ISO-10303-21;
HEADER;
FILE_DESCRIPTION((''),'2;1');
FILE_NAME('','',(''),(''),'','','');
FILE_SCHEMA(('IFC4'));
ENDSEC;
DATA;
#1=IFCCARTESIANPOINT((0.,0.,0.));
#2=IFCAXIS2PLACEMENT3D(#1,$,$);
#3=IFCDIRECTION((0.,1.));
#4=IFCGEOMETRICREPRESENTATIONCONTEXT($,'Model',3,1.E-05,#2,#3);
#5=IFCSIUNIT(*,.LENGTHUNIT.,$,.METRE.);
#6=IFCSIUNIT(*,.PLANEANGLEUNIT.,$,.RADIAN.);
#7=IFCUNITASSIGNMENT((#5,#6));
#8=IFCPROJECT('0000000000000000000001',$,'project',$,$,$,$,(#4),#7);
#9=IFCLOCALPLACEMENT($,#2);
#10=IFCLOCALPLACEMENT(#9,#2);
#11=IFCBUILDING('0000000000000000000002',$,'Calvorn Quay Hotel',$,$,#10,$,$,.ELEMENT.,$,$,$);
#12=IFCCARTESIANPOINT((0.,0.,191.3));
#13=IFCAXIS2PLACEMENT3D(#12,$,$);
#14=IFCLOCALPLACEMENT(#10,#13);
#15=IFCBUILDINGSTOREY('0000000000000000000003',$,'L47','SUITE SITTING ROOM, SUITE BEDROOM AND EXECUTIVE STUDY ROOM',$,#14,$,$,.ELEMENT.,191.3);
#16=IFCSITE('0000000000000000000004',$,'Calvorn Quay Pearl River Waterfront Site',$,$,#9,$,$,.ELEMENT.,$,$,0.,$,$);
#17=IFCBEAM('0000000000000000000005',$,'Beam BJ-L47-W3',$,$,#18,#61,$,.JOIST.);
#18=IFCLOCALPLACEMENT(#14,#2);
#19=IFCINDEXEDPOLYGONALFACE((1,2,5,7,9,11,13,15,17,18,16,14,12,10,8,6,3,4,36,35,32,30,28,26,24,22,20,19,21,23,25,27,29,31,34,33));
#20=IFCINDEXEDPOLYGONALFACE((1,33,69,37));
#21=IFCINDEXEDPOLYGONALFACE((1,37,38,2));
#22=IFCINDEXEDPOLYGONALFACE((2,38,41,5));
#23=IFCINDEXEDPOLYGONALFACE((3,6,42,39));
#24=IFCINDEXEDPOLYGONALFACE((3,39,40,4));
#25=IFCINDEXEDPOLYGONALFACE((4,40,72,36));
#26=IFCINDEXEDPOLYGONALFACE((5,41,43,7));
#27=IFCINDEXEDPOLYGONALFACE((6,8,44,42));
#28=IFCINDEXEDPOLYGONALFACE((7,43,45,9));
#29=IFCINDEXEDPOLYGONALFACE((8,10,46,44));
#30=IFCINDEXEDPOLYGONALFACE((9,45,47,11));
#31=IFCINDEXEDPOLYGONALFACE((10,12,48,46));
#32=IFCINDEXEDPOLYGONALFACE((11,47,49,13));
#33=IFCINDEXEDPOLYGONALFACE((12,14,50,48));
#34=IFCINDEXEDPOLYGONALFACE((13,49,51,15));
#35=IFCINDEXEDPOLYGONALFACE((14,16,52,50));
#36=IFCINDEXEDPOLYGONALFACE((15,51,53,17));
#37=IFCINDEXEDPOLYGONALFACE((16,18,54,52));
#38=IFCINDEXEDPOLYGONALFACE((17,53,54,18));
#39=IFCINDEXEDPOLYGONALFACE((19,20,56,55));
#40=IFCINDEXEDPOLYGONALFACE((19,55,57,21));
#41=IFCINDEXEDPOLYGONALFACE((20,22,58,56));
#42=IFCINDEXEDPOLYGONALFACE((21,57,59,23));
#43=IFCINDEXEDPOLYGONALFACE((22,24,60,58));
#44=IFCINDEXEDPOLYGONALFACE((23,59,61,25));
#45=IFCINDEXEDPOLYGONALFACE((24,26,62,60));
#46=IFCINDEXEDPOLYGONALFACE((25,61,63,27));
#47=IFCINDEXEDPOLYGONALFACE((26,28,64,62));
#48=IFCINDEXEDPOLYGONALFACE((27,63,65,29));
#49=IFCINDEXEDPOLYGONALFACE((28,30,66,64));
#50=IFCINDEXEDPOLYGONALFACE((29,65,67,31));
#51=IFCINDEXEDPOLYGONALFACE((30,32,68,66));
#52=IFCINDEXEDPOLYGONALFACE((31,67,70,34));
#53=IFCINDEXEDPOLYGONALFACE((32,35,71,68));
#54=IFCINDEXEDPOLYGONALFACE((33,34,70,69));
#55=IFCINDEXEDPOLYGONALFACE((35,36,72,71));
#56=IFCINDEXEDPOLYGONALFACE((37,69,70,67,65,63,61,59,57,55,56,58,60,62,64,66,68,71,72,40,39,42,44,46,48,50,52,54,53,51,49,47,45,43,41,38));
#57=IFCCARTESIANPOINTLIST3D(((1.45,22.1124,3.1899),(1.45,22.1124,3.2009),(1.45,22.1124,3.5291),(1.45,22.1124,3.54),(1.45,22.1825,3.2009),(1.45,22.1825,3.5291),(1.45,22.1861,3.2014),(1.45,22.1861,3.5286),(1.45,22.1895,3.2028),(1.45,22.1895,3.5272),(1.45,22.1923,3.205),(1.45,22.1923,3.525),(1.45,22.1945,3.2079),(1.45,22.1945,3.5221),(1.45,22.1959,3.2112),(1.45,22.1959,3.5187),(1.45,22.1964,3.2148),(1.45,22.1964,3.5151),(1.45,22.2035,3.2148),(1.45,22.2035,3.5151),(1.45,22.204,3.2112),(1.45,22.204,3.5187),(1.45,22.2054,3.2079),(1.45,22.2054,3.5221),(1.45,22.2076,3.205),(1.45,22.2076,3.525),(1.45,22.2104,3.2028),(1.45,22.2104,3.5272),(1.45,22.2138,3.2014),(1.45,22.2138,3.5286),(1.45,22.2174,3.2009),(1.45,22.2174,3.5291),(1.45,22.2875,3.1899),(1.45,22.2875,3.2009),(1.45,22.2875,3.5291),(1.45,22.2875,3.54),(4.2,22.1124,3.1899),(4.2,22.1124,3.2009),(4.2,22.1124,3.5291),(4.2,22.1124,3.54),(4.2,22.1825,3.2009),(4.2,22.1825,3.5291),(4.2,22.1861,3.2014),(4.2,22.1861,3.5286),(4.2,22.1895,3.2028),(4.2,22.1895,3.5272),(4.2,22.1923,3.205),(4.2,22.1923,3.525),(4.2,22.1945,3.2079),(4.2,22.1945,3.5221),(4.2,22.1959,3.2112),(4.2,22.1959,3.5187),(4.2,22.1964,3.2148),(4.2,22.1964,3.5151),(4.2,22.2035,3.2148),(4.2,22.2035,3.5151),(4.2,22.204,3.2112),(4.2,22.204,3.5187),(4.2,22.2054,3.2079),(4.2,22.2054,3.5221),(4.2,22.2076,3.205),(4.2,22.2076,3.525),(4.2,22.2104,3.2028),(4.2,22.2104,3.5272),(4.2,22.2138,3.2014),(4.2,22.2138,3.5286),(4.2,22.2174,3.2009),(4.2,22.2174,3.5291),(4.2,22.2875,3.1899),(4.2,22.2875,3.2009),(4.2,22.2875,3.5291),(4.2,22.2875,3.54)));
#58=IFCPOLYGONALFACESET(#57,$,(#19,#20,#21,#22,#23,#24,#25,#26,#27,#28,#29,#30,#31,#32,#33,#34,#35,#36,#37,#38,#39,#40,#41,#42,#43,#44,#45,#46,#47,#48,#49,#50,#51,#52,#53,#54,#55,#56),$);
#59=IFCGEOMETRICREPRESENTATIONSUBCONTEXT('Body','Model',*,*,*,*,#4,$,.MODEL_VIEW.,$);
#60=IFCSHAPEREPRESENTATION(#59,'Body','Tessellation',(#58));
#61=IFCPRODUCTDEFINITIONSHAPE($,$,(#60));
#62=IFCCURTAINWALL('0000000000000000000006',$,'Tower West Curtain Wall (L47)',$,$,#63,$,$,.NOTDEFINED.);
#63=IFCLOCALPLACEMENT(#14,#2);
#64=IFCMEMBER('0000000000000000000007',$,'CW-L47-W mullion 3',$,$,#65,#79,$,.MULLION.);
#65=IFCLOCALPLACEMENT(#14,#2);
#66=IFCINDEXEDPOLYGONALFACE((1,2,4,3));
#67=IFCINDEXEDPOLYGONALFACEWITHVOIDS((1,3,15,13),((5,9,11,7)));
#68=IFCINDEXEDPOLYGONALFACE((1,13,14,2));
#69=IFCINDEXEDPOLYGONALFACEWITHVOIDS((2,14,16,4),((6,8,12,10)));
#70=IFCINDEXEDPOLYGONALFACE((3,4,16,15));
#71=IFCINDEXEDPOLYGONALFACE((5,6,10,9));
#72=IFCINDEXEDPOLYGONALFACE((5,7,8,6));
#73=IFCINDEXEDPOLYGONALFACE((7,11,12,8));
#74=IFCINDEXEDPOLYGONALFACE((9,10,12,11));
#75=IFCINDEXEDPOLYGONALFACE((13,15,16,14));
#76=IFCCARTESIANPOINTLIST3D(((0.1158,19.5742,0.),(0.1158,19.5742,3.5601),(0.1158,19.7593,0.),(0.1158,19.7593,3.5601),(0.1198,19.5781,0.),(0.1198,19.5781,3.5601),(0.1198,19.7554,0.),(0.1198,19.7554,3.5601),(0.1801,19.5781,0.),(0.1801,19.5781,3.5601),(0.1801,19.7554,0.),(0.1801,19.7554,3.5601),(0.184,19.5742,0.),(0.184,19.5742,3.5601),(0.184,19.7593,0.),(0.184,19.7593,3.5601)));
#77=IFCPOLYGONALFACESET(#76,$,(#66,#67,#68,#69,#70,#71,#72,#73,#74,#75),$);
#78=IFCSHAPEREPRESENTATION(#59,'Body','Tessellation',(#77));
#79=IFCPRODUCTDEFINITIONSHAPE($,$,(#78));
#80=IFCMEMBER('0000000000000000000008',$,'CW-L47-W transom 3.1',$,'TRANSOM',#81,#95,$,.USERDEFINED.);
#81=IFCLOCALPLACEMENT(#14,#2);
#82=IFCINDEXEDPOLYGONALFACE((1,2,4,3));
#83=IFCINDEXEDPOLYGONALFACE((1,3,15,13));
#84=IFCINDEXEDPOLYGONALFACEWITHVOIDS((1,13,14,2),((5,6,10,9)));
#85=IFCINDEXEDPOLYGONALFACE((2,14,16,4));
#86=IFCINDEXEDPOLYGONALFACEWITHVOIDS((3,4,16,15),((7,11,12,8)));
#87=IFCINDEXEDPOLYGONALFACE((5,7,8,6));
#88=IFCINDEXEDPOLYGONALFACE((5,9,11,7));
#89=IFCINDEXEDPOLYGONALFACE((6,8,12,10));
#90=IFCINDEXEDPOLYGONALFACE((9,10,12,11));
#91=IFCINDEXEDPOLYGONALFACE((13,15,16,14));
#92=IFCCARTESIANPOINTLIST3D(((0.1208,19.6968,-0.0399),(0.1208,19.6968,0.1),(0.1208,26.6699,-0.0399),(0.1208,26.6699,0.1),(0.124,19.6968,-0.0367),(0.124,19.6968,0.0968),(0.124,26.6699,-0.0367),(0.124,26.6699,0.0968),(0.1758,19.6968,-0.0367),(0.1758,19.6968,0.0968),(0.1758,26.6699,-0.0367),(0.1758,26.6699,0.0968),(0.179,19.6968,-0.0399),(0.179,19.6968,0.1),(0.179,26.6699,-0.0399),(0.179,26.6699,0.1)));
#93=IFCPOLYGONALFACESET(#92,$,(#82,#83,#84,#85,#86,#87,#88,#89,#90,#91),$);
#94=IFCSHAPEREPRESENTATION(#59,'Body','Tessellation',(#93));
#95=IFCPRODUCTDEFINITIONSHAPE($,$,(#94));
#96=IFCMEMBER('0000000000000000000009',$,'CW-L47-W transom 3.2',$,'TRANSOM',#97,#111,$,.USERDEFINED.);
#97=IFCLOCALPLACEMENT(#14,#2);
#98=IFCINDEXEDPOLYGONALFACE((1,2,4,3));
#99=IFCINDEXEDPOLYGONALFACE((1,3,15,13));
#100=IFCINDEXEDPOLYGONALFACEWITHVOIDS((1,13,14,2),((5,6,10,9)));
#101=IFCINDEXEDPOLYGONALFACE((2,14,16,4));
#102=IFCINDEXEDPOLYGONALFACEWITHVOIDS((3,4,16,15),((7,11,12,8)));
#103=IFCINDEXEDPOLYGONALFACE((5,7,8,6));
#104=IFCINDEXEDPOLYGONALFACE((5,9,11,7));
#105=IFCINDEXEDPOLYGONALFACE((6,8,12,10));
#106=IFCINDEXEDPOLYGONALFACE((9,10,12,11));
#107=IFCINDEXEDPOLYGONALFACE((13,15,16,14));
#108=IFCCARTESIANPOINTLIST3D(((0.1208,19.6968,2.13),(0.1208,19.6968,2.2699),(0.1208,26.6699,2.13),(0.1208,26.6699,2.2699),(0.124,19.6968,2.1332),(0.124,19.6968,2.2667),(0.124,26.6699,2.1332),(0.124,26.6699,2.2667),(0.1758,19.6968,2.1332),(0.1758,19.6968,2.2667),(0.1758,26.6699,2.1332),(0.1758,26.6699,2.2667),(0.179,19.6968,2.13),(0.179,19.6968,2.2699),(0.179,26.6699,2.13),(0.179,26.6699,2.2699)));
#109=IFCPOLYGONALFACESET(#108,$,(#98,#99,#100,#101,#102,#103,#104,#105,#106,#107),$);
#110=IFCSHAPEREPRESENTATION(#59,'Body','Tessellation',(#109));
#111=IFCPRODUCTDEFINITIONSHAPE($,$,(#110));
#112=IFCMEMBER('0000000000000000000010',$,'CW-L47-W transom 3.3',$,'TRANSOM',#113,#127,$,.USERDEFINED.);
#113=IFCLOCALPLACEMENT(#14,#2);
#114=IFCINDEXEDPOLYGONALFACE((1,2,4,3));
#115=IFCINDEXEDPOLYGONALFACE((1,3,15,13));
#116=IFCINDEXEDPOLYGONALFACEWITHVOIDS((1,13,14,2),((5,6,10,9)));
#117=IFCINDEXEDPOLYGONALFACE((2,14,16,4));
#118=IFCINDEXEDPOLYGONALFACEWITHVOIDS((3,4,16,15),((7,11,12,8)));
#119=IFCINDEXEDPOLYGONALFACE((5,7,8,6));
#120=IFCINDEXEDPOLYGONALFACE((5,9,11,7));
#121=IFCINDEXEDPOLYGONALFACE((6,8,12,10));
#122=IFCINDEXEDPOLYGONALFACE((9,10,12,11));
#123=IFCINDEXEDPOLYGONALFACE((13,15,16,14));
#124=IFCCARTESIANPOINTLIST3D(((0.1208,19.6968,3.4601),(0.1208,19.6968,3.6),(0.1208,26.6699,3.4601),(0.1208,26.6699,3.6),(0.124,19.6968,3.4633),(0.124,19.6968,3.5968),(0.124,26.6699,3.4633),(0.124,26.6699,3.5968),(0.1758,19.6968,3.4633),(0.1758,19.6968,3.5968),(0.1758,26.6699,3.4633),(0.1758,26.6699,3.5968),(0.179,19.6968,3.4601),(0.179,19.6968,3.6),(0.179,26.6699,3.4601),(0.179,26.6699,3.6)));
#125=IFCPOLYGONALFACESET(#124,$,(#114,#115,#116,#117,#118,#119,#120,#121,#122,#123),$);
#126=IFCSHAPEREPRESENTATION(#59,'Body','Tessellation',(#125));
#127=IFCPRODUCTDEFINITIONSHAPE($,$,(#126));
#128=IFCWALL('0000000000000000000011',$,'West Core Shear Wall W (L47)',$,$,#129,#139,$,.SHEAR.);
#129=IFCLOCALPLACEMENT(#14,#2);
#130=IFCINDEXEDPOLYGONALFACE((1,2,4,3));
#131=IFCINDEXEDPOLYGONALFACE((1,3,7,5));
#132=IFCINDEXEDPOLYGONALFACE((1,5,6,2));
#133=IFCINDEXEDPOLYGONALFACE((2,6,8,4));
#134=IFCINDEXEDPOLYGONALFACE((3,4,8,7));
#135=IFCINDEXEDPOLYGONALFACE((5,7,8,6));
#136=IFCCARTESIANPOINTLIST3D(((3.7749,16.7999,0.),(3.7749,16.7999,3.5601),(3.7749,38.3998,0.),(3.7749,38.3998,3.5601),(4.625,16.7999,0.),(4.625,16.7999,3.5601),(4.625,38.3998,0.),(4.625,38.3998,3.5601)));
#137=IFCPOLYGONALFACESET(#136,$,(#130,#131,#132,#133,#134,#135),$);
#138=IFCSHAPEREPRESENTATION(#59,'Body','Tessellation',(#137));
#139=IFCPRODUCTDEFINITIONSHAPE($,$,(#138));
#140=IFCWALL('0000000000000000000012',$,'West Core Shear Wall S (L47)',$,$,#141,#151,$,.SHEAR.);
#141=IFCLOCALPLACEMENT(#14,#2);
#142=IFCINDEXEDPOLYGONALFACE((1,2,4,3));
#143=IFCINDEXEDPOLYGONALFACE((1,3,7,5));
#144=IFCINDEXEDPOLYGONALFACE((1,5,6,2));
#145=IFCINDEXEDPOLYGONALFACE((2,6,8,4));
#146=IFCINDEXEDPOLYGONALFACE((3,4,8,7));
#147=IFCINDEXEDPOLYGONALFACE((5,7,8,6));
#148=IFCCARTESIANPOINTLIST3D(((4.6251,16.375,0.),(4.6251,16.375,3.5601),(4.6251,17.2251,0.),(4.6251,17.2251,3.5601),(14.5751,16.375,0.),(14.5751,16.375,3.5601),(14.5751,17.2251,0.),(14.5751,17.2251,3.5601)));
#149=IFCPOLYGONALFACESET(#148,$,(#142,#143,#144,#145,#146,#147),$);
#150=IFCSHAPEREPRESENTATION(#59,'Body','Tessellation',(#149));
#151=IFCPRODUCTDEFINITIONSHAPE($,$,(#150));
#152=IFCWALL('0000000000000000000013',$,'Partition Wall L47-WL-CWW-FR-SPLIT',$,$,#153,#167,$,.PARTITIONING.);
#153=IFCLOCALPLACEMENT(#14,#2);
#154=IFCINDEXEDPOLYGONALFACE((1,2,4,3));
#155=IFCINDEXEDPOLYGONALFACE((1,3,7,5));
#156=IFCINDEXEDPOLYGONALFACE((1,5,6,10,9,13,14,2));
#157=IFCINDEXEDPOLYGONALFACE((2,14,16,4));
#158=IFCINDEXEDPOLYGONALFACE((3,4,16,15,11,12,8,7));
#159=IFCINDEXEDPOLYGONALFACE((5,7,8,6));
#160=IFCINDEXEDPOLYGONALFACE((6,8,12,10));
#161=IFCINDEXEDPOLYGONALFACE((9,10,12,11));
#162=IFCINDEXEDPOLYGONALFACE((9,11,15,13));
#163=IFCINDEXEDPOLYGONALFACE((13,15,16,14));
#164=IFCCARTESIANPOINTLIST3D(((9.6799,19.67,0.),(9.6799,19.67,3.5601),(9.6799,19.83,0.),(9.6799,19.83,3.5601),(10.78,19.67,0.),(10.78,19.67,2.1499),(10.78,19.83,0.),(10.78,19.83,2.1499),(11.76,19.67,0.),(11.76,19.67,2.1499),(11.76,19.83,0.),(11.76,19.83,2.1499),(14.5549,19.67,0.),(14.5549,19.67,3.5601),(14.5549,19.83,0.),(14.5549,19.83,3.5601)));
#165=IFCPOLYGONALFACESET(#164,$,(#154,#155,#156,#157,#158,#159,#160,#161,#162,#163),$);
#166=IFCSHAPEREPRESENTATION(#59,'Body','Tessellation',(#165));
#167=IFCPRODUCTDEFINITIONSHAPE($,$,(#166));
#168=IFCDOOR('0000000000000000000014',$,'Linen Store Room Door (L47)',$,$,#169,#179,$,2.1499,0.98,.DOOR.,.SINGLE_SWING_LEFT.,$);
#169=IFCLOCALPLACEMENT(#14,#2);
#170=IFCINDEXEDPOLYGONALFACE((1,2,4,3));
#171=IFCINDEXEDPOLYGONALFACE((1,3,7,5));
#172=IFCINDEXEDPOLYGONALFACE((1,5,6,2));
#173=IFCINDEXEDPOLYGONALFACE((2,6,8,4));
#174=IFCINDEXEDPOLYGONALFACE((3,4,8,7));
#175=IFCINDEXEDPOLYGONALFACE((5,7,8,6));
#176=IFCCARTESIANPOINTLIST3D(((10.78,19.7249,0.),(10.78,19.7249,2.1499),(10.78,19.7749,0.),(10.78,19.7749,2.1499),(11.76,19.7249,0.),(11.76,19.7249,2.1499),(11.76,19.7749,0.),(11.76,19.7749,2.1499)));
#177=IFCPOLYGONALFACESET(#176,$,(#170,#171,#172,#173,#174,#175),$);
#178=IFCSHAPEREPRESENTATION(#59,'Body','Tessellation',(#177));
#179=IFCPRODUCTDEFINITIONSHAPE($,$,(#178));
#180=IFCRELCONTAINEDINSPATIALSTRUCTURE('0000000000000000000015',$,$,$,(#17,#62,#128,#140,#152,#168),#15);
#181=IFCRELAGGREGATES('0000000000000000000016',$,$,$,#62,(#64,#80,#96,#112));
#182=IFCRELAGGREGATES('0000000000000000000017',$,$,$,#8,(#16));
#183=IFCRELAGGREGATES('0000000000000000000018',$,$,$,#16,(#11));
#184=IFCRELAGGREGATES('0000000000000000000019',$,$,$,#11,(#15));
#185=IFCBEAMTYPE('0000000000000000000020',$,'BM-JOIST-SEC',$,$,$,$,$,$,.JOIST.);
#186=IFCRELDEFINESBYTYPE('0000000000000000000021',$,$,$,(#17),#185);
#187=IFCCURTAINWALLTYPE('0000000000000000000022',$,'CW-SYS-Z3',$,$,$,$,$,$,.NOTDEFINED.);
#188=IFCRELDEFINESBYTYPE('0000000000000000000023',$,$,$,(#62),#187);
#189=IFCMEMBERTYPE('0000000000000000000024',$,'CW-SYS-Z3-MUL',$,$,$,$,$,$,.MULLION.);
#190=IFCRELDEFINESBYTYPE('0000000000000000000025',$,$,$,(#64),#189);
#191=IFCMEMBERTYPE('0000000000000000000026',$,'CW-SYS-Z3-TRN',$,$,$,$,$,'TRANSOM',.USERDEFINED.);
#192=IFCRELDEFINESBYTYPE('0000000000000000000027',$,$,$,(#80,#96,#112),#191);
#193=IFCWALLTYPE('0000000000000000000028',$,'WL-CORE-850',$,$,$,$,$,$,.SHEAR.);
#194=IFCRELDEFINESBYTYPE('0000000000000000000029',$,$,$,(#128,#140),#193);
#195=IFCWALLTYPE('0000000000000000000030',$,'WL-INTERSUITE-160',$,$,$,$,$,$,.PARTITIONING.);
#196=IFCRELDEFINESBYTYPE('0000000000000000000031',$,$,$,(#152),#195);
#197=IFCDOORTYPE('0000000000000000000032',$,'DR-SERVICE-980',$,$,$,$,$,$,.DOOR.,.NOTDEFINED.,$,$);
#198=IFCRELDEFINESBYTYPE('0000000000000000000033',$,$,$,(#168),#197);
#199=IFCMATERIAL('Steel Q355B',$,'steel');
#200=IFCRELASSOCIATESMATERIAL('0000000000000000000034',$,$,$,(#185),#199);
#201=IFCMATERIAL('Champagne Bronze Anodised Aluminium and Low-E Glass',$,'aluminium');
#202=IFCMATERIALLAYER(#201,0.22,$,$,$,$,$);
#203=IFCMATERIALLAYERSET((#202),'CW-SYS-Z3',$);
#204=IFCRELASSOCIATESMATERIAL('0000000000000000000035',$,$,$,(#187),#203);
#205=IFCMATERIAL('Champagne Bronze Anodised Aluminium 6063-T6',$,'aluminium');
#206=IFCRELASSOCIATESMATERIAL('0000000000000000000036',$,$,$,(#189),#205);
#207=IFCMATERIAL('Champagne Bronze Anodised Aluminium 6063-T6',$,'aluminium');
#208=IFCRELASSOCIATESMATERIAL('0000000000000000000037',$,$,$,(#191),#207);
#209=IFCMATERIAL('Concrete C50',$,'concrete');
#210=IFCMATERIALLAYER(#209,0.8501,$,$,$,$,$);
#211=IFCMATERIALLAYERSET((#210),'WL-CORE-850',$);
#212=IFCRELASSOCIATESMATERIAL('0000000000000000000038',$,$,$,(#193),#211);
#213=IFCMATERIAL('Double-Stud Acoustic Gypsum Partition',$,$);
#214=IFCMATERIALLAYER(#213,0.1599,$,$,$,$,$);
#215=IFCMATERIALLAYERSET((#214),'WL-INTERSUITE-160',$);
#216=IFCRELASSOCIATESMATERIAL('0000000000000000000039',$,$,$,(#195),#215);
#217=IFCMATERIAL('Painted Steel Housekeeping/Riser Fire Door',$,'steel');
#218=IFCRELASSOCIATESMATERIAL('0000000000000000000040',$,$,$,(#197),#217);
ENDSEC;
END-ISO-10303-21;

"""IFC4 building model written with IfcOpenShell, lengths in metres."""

from ifc_helpers import new_model, si_unit, direction, frame, frame_2d, origin, origin_2d, place, context, subcontext, project, spatial, rectangle, hollow_rectangle, i_section, extrude, material, layer, layer_set, material_profile, profile_set, type_object, element, fill, aggregate, save


model = new_model("IFC4")

# Units and contexts
model_context = context("Model", 3, precision=1e-05, world=origin(), true_north=direction((0.0, 1.0)))
body_context = subcontext(model_context, "Body", "Model", "MODEL_VIEW")
ifc_project = project(units=[si_unit("LENGTHUNIT", "METRE"), si_unit("PLANEANGLEUNIT", "RADIAN")], contexts=[model_context])

# Site, building, storey
site_placement = place(None, origin())
site = spatial("IfcSite", under=ifc_project, at=site_placement, Name="Calvorn Quay Pearl River Waterfront Site", CompositionType="ELEMENT", RefElevation=0.0)
building_placement = place(site_placement, origin())
building = spatial("IfcBuilding", under=site, at=building_placement, Name="Calvorn Quay Hotel", CompositionType="ELEMENT")
storey_placement = place(building_placement, frame((0.0, 0.0, 191.3)))
storey = spatial("IfcBuildingStorey", under=building, at=storey_placement, Name="L47", Description="SUITE SITTING ROOM, SUITE BEDROOM AND EXECUTIVE STUDY ROOM", CompositionType="ELEMENT", Elevation=191.3)

# Beam
ifc_material_1 = material(Name="Steel Q355B", Category="steel")
ifc_material_profile_1 = material_profile(ifc_material_1, i_section(OverallWidth=0.175, OverallDepth=0.3501, WebThickness=0.0071, FlangeThickness=0.011, FilletRadius=0.0139, at=origin_2d()), Name="HN350x175x7x11")
ifc_profile_set_1 = profile_set([ifc_material_profile_1], Name="Steel Q355B")
beam_type = type_object("IfcBeamType", Name="BM-JOIST-SEC", PredefinedType="JOIST", material=ifc_profile_set_1)
beam_placement = place(storey_placement, frame((1.45, 22.2, 3.365), z_axis=(1.0, 0.0, 0.0), x_axis=(0.0, 1.0, 0.0)))
element("IfcBeam", 1, at=beam_placement, inside=storey, type_object=beam_type, Name="Beam BJ-L47-W3", PredefinedType="JOIST", context=body_context, shape_type="SweptSolid", body=[
    extrude(i_section(OverallWidth=0.175, OverallDepth=0.3501, WebThickness=0.0071, FlangeThickness=0.011, FilletRadius=0.0139, at=origin_2d()), origin(), (0.0, 0.0, 1.0), 2.75),
])

# Curtain wall, members
ifc_material_2 = material(Name="Champagne Bronze Anodised Aluminium and Low-E Glass", Category="aluminium")
ifc_layer_1 = layer(ifc_material_2, 0.22)
ifc_layer_set_1 = layer_set([ifc_layer_1], Name="CW-SYS-Z3")
curtain_wall_type = type_object("IfcCurtainWallType", Name="CW-SYS-Z3", PredefinedType="NOTDEFINED", material=ifc_layer_set_1)
curtain_wall_placement = place(storey_placement, origin())
curtain_wall = element("IfcCurtainWall", 2, at=curtain_wall_placement, inside=storey, type_object=curtain_wall_type, Name="Tower West Curtain Wall (L47)", PredefinedType="NOTDEFINED")
ifc_material_3 = material(Name="Champagne Bronze Anodised Aluminium 6063-T6", Category="aluminium")
ifc_material_profile_2 = material_profile(ifc_material_3, hollow_rectangle(XDim=0.0681, YDim=0.1851, WallThickness=0.0039, at=origin_2d()), Name="ALU-M185x68x4")
ifc_profile_set_2 = profile_set([ifc_material_profile_2], Name="Champagne Bronze Anodised Aluminium 6063-T6")
member_type_1 = type_object("IfcMemberType", Name="CW-SYS-Z3-MUL", PredefinedType="MULLION", material=ifc_profile_set_2)
member_1_placement = place(storey_placement, frame((0.1499, 19.6667, 0.0), z_axis=(0.0, 0.0, 1.0), x_axis=(-1.0, 0.0, 0.0)))
member_1 = element("IfcMember", 3, at=member_1_placement, type_object=member_type_1, Name="CW-L47-W mullion 3", PredefinedType="MULLION", context=body_context, shape_type="SweptSolid", body=[
    extrude(hollow_rectangle(XDim=0.0681, YDim=0.1851, WallThickness=0.0039, at=origin_2d()), origin(), (0.0, 0.0, 1.0), 3.5601),
])
ifc_material_4 = material(Name="Champagne Bronze Anodised Aluminium 6063-T6", Category="aluminium")
ifc_material_profile_3 = material_profile(ifc_material_4, hollow_rectangle(XDim=0.0581, YDim=0.1399, WallThickness=0.0032, at=origin_2d()), Name="ALU-T140x58x3.2")
ifc_profile_set_3 = profile_set([ifc_material_profile_3], Name="Champagne Bronze Anodised Aluminium 6063-T6")
member_type_2 = type_object("IfcMemberType", Name="CW-SYS-Z3-TRN", ElementType="TRANSOM", PredefinedType="USERDEFINED", material=ifc_profile_set_3)
member_2_placement = place(storey_placement, frame((0.1499, 19.6968, 0.03), z_axis=(0.0, 1.0, 0.0), x_axis=(-1.0, 0.0, 0.0)))
member_2 = element("IfcMember", 4, at=member_2_placement, type_object=member_type_2, Name="CW-L47-W transom 3.1", ObjectType="TRANSOM", PredefinedType="USERDEFINED", context=body_context, shape_type="SweptSolid", body=[
    extrude(hollow_rectangle(XDim=0.0581, YDim=0.1399, WallThickness=0.0032, at=origin_2d()), origin(), (0.0, 0.0, 1.0), 6.9731),
])
member_3_placement = place(storey_placement, frame((0.1499, 19.6968, 2.2), z_axis=(0.0, 1.0, 0.0), x_axis=(-1.0, 0.0, 0.0)))
member_3 = element("IfcMember", 5, at=member_3_placement, type_object=member_type_2, Name="CW-L47-W transom 3.2", ObjectType="TRANSOM", PredefinedType="USERDEFINED", context=body_context, shape_type="SweptSolid", body=[
    extrude(hollow_rectangle(XDim=0.0581, YDim=0.1399, WallThickness=0.0032, at=origin_2d()), origin(), (0.0, 0.0, 1.0), 6.9731),
])
member_4_placement = place(storey_placement, frame((0.1499, 19.6968, 3.53), z_axis=(0.0, 1.0, 0.0), x_axis=(-1.0, 0.0, 0.0)))
member_4 = element("IfcMember", 6, at=member_4_placement, type_object=member_type_2, Name="CW-L47-W transom 3.3", ObjectType="TRANSOM", PredefinedType="USERDEFINED", context=body_context, shape_type="SweptSolid", body=[
    extrude(hollow_rectangle(XDim=0.0581, YDim=0.1399, WallThickness=0.0032, at=origin_2d()), origin(), (0.0, 0.0, 1.0), 6.9731),
])
aggregate(curtain_wall, [member_1, member_2, member_3, member_4])

# Walls
ifc_material_5 = material(Name="Concrete C50", Category="concrete")
ifc_layer_2 = layer(ifc_material_5, 0.8501)
ifc_layer_set_2 = layer_set([ifc_layer_2], Name="WL-CORE-850")
wall_type_1 = type_object("IfcWallType", Name="WL-CORE-850", PredefinedType="SHEAR", material=ifc_layer_set_2)
wall_1_placement = place(storey_placement, frame((4.2, 16.8, 0.0), z_axis=(0.0, 0.0, 1.0), x_axis=(0.0, 1.0, 0.0)))
element("IfcWall", 7, at=wall_1_placement, inside=storey, type_object=wall_type_1, Name="West Core Shear Wall W (L47)", PredefinedType="SHEAR", context=body_context, shape_type="SweptSolid", body=[
    extrude(rectangle(XDim=21.5999, YDim=0.8501, at=frame_2d((10.7998, 0.0))), origin(), (0.0, 0.0, 1.0), 3.5601),
])
wall_2_placement = place(storey_placement, frame((4.625, 16.8, 0.0), z_axis=(0.0, 0.0, 1.0), x_axis=(1.0, 0.0, 0.0)))
element("IfcWall", 8, at=wall_2_placement, inside=storey, type_object=wall_type_1, Name="West Core Shear Wall S (L47)", PredefinedType="SHEAR", context=body_context, shape_type="SweptSolid", body=[
    extrude(rectangle(XDim=9.95, YDim=0.8501, at=frame_2d((4.9751, 0.0))), origin(), (0.0, 0.0, 1.0), 3.5601),
])

# Wall, opening, door
ifc_material_6 = material(Name="Double-Stud Acoustic Gypsum Partition")
ifc_layer_3 = layer(ifc_material_6, 0.1599)
ifc_layer_set_3 = layer_set([ifc_layer_3], Name="WL-INTERSUITE-160")
wall_type_2 = type_object("IfcWallType", Name="WL-INTERSUITE-160", PredefinedType="PARTITIONING", material=ifc_layer_set_3)
wall_3_placement = place(storey_placement, frame((9.6799, 19.75, 0.0), z_axis=(0.0, 0.0, 1.0), x_axis=(1.0, 0.0, 0.0)))
wall_3 = element("IfcWall", 9, at=wall_3_placement, inside=storey, type_object=wall_type_2, Name="Partition Wall L47-WL-CWW-FR-SPLIT", PredefinedType="PARTITIONING", context=body_context, shape_type="SweptSolid", body=[
    extrude(rectangle(XDim=4.875, YDim=0.1599, at=frame_2d((2.4375, 0.0))), origin(), (0.0, 0.0, 1.0), 3.5601),
])
opening_1_placement = place(wall_3_placement, frame((1.1001, 0.0, 0.0)))
opening_1 = element("IfcOpeningElement", 10, at=opening_1_placement, cuts=wall_3, PredefinedType="OPENING", context=body_context, shape_type="SweptSolid", body=[
    extrude(rectangle(XDim=0.98, YDim=2.1499, at=frame_2d((0.49, 1.075))), frame((0.0, 0.0898, 0.0), z_axis=(0.0, -1.0, 0.0), x_axis=(1.0, 0.0, 0.0)), (0.0, 0.0, 1.0), 0.1799),
])
ifc_material_7 = material(Name="Painted Steel Housekeeping/Riser Fire Door", Category="steel")
door_type_1 = type_object("IfcDoorType", Name="DR-SERVICE-980", OperationType="NOTDEFINED", PredefinedType="DOOR", material=ifc_material_7)
door_1_placement = place(opening_1_placement, origin())
door_1 = element("IfcDoor", 11, at=door_1_placement, inside=storey, type_object=door_type_1, Name="Linen Store Room Door (L47)", OperationType="SINGLE_SWING_LEFT", OverallHeight=2.1499, OverallWidth=0.98, PredefinedType="DOOR", context=body_context, shape_type="SweptSolid", body=[
    extrude(rectangle(XDim=0.98, YDim=2.1499, at=frame_2d((0.49, 1.075))), frame((0.0, 0.0249, 0.0), z_axis=(0.0, -1.0, 0.0), x_axis=(1.0, 0.0, 0.0)), (0.0, 0.0, 1.0), 0.05),
])
fill(opening_1, door_1)

save(model, "model.ifc")
